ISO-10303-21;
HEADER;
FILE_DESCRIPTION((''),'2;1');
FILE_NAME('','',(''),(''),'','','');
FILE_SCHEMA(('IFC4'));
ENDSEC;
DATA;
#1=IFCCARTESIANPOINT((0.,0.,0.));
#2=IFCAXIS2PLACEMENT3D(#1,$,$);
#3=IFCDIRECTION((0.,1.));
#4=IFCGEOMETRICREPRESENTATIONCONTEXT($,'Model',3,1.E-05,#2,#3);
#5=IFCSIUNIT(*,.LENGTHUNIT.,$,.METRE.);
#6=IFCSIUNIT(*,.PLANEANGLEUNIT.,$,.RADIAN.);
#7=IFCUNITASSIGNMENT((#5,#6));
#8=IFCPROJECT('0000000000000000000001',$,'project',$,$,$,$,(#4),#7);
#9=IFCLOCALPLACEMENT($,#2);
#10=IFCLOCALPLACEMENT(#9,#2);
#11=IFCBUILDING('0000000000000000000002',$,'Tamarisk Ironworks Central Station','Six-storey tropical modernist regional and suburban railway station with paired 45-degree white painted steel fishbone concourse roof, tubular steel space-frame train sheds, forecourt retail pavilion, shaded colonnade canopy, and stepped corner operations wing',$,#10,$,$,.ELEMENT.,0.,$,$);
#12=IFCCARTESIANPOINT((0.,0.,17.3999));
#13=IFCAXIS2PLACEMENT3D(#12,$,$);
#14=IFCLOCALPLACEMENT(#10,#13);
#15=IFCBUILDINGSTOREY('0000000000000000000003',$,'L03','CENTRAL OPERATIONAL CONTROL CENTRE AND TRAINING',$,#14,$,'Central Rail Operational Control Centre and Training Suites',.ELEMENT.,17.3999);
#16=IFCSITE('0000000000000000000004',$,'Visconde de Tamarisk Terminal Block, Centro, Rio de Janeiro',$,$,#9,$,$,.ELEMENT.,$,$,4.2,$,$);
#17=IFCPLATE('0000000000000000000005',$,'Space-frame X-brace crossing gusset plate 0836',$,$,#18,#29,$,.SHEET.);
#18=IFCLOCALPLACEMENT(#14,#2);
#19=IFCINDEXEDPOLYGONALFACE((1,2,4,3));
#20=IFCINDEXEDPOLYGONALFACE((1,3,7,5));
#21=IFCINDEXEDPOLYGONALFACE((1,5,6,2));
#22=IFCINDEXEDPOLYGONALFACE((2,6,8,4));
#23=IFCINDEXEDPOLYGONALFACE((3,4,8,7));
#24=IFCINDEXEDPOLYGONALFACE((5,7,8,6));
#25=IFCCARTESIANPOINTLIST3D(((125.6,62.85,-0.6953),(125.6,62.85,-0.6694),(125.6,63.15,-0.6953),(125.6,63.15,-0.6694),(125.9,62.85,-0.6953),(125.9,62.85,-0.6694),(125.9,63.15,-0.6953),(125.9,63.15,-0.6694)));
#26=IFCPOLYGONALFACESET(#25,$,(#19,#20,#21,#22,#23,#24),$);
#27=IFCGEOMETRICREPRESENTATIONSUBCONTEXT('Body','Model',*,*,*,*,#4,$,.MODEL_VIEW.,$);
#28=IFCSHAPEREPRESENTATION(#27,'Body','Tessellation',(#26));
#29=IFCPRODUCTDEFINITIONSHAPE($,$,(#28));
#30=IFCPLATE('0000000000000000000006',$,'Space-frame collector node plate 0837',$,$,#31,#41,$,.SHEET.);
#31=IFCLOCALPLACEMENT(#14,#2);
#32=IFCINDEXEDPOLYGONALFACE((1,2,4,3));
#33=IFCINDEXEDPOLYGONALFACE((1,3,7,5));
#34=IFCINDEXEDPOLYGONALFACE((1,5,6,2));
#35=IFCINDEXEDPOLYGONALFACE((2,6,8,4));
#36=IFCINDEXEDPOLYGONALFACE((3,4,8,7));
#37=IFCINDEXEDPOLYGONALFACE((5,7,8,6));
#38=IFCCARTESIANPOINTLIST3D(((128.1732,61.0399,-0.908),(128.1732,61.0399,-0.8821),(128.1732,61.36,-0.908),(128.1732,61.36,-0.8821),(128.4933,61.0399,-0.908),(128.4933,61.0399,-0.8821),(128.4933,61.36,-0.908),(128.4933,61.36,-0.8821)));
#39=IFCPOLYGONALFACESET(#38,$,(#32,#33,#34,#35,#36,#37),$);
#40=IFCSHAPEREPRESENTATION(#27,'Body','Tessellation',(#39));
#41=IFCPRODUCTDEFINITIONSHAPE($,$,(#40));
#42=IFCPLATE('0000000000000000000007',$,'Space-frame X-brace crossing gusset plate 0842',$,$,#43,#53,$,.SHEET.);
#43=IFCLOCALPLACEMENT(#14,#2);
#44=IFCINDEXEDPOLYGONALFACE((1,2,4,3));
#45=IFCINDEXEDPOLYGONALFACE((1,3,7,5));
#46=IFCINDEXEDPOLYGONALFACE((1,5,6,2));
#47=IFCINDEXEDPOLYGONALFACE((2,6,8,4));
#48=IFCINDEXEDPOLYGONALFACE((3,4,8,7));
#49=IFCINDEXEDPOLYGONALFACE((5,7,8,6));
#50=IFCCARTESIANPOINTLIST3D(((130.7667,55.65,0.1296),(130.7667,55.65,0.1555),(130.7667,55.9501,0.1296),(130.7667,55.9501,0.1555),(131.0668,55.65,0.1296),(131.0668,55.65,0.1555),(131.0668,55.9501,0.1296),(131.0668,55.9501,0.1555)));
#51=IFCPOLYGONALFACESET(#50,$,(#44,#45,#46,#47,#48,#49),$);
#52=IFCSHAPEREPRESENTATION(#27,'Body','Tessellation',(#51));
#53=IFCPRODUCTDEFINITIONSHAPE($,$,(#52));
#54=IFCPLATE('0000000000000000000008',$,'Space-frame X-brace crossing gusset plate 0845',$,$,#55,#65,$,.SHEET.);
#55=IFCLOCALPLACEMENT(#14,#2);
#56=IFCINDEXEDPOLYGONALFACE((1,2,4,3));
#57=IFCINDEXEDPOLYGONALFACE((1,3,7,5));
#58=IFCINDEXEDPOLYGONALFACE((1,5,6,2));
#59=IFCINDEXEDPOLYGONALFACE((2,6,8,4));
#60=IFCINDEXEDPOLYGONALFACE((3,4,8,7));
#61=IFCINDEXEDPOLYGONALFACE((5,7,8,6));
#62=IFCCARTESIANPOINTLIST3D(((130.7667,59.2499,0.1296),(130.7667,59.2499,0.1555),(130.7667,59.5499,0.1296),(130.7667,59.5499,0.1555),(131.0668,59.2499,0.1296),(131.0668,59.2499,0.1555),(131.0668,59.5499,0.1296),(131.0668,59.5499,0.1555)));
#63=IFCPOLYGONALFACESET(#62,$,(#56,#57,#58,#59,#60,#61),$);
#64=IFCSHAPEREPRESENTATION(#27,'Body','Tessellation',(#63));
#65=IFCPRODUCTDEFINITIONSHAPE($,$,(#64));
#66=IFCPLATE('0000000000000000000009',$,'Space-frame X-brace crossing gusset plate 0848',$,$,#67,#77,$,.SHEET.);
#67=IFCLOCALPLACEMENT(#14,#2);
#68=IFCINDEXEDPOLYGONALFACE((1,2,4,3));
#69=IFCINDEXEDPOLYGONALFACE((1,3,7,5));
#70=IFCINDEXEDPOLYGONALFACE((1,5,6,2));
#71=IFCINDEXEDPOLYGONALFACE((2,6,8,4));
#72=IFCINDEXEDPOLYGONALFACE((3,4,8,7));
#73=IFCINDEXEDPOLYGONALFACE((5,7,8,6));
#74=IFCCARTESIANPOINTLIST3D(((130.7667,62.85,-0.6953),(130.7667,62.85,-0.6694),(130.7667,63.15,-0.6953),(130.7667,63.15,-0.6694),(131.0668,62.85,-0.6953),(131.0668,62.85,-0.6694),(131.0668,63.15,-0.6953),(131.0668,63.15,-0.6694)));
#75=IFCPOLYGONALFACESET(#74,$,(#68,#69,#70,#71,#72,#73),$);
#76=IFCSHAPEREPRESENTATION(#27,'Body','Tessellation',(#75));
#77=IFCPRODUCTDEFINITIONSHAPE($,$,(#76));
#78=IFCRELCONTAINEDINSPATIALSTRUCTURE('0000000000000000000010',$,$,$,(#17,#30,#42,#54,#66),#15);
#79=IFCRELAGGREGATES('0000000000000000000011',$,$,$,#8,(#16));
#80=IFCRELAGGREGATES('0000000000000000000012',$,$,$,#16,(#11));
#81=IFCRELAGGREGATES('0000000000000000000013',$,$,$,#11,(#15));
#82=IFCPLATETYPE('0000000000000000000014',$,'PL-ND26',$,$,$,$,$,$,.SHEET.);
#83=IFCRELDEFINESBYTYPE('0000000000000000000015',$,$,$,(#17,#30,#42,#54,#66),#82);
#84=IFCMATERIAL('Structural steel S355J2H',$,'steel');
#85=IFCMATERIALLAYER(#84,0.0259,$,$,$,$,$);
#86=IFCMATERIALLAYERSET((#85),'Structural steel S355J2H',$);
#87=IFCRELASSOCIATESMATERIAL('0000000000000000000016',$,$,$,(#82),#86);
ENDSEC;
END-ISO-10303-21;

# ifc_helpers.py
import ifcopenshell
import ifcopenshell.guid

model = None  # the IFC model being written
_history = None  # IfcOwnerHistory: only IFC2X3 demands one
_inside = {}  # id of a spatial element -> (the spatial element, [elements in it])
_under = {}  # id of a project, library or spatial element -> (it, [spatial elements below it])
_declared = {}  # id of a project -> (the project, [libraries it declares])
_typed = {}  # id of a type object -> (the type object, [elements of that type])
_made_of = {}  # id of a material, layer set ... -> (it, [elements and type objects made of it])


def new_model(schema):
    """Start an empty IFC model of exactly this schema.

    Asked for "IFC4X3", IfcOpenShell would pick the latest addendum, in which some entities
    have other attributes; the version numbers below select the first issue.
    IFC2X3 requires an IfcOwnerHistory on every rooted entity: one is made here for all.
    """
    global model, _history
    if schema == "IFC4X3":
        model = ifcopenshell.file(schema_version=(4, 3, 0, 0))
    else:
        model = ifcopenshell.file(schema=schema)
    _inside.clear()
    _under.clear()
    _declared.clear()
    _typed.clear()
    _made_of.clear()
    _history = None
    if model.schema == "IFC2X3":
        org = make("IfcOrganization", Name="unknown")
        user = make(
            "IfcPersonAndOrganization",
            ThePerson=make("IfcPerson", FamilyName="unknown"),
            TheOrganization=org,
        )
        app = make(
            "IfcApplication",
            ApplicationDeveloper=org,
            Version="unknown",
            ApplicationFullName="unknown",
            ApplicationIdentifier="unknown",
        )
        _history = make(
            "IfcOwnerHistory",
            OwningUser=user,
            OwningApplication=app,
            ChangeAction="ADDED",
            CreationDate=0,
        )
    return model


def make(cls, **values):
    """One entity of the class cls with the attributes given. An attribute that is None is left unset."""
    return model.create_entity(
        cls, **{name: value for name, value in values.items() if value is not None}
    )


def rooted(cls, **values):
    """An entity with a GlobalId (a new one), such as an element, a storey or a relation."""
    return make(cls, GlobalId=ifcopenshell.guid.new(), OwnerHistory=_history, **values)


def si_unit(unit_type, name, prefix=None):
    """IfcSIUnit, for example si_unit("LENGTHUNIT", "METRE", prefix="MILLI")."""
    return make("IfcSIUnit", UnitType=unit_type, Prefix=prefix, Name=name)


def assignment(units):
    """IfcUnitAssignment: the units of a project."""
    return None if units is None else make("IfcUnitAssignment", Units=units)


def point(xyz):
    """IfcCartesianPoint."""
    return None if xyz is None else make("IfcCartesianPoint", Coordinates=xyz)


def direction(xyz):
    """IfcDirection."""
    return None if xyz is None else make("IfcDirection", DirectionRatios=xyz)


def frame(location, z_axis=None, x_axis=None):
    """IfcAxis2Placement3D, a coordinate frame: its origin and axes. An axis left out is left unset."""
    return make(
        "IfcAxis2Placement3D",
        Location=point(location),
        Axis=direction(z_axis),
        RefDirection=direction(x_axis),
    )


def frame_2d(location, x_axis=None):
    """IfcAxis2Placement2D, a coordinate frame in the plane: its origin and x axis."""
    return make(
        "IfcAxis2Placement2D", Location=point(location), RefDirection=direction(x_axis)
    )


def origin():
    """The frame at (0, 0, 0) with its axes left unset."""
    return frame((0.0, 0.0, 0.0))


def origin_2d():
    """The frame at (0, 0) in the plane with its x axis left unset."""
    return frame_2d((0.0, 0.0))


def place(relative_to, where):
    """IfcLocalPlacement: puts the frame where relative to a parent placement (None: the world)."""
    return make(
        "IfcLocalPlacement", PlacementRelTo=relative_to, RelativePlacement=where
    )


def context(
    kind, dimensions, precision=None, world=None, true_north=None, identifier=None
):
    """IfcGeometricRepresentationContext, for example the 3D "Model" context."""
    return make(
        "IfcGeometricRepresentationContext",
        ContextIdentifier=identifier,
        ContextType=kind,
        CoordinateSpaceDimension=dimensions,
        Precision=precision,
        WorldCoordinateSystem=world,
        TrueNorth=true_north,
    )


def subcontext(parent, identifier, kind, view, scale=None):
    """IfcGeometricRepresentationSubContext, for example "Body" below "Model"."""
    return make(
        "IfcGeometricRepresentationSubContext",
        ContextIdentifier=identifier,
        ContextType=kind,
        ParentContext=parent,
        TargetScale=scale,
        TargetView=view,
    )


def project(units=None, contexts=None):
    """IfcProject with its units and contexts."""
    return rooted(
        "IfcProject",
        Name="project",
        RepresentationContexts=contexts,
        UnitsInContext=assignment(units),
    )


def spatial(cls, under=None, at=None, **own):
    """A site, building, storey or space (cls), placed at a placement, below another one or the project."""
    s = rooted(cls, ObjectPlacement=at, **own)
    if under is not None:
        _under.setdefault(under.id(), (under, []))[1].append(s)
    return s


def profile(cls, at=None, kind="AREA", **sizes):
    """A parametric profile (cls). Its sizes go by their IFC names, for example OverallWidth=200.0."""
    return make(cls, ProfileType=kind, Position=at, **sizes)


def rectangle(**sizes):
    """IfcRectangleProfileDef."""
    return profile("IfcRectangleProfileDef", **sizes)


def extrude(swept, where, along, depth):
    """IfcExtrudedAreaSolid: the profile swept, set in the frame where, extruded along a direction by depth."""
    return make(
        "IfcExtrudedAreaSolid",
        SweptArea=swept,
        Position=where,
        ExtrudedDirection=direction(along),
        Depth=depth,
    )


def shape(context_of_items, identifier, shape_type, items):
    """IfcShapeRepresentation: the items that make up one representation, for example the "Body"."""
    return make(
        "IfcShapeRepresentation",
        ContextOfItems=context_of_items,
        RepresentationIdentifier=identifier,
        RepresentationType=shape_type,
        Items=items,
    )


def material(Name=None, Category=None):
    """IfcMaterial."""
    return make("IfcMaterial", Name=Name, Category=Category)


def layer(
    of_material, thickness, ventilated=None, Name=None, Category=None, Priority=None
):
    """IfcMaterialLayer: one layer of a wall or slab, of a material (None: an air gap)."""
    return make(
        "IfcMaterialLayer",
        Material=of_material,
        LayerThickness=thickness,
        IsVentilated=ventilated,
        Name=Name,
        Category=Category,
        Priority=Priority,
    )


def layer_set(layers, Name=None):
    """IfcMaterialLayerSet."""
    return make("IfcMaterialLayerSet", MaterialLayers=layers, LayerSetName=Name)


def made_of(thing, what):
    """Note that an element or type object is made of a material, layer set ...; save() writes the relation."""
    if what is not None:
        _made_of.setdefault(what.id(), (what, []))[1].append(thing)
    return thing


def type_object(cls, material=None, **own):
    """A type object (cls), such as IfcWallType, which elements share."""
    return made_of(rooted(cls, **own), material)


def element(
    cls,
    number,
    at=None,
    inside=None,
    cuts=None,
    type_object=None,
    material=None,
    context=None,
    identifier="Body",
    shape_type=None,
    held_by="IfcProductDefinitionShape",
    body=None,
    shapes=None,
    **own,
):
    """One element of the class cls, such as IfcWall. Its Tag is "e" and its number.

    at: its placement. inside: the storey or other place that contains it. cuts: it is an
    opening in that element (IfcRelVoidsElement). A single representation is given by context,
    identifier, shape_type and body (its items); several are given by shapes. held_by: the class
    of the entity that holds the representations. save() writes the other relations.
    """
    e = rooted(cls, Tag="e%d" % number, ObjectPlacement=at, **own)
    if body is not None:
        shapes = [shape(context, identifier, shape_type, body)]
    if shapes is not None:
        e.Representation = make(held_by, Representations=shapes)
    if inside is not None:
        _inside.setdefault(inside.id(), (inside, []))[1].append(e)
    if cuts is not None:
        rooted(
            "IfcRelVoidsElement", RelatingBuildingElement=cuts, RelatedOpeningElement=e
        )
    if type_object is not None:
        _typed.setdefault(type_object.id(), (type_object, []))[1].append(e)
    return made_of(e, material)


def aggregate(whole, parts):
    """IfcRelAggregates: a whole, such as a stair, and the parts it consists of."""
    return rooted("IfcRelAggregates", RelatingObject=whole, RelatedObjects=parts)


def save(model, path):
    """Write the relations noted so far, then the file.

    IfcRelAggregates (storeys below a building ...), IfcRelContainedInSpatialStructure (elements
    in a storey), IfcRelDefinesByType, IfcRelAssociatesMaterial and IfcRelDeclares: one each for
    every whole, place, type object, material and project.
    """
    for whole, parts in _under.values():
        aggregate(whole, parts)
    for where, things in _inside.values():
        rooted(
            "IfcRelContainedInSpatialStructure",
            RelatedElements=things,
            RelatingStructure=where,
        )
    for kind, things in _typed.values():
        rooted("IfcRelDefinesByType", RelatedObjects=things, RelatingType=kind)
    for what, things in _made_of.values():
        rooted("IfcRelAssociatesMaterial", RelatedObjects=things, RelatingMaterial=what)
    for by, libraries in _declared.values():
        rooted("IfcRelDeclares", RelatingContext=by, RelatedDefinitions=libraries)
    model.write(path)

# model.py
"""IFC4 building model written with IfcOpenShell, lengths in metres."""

from ifc_helpers import new_model, si_unit, direction, frame, origin, origin_2d, place, context, subcontext, project, spatial, rectangle, extrude, material, layer, layer_set, type_object, element, save


model = new_model("IFC4")

# Units and contexts
model_context = context("Model", 3, precision=1e-05, world=origin(), true_north=direction((0.0, 1.0)))
body_context = subcontext(model_context, "Body", "Model", "MODEL_VIEW")
ifc_project = project(units=[si_unit("LENGTHUNIT", "METRE"), si_unit("PLANEANGLEUNIT", "RADIAN")], contexts=[model_context])

# Site, building, storey
site_placement = place(None, origin())
site = spatial("IfcSite", under=ifc_project, at=site_placement, Name="Visconde de Tamarisk Terminal Block, Centro, Rio de Janeiro", CompositionType="ELEMENT", RefElevation=4.2)
building_placement = place(site_placement, origin())
building = spatial("IfcBuilding", under=site, at=building_placement, Name="Tamarisk Ironworks Central Station", Description="Six-storey tropical modernist regional and suburban railway station with paired 45-degree white painted steel fishbone concourse roof, tubular steel space-frame train sheds, forecourt retail pavilion, shaded colonnade canopy, and stepped corner operations wing", CompositionType="ELEMENT", ElevationOfRefHeight=0.0)
storey_placement = place(building_placement, frame((0.0, 0.0, 17.3999)))
storey = spatial("IfcBuildingStorey", under=building, at=storey_placement, Name="L03", Description="CENTRAL OPERATIONAL CONTROL CENTRE AND TRAINING", LongName="Central Rail Operational Control Centre and Training Suites", CompositionType="ELEMENT", Elevation=17.3999)

# Shared definitions
ifc_material = material(Name="Structural steel S355J2H", Category="steel")

# Plates
ifc_layer = layer(ifc_material, 0.0259)
ifc_layer_set = layer_set([ifc_layer], Name="Structural steel S355J2H")
plate_type = type_object("IfcPlateType", Name="PL-ND26", PredefinedType="SHEET", material=ifc_layer_set)
plate_1_placement = place(storey_placement, frame((125.75, 63.0, -0.6953), z_axis=(0.0, 0.0, 1.0), x_axis=(1.0, 0.0, 0.0)))
element("IfcPlate", 1, at=plate_1_placement, inside=storey, type_object=plate_type, Name="Space-frame X-brace crossing gusset plate 0836", PredefinedType="SHEET", context=body_context, shape_type="SweptSolid", body=[
    extrude(rectangle(XDim=0.3, YDim=0.3, at=origin_2d()), origin(), (0.0, 0.0, 1.0), 0.0259),
])
plate_2_placement = place(storey_placement, frame((128.3333, 61.2, -0.908), z_axis=(0.0, 0.0, 1.0), x_axis=(1.0, 0.0, 0.0)))
element("IfcPlate", 2, at=plate_2_placement, inside=storey, type_object=plate_type, Name="Space-frame collector node plate 0837", PredefinedType="SHEET", context=body_context, shape_type="SweptSolid", body=[
    extrude(rectangle(XDim=0.3201, YDim=0.3201, at=origin_2d()), origin(), (0.0, 0.0, 1.0), 0.0259),
])
for number, where, z_axis, x_axis, name in (
    (3, (130.9167, 55.8, 0.1296), (0.0, 0.0, 1.0), (1.0, 0.0, 0.0), "Space-frame X-brace crossing gusset plate 0842"),
    (4, (130.9167, 59.3999, 0.1296), (0.0, 0.0, 1.0), (1.0, 0.0, 0.0), "Space-frame X-brace crossing gusset plate 0845"),
    (5, (130.9167, 63.0, -0.6953), (0.0, 0.0, 1.0), (1.0, 0.0, 0.0), "Space-frame X-brace crossing gusset plate 0848"),
):
    element("IfcPlate", number, at=place(storey_placement, frame(where, z_axis=z_axis, x_axis=x_axis)), inside=storey, type_object=plate_type, Name=name, PredefinedType="SHEET", context=body_context, shape_type="SweptSolid", body=[
        extrude(rectangle(XDim=0.3, YDim=0.3, at=origin_2d()), origin(), (0.0, 0.0, 1.0), 0.0259),
    ])

save(model, "model.ifc")
